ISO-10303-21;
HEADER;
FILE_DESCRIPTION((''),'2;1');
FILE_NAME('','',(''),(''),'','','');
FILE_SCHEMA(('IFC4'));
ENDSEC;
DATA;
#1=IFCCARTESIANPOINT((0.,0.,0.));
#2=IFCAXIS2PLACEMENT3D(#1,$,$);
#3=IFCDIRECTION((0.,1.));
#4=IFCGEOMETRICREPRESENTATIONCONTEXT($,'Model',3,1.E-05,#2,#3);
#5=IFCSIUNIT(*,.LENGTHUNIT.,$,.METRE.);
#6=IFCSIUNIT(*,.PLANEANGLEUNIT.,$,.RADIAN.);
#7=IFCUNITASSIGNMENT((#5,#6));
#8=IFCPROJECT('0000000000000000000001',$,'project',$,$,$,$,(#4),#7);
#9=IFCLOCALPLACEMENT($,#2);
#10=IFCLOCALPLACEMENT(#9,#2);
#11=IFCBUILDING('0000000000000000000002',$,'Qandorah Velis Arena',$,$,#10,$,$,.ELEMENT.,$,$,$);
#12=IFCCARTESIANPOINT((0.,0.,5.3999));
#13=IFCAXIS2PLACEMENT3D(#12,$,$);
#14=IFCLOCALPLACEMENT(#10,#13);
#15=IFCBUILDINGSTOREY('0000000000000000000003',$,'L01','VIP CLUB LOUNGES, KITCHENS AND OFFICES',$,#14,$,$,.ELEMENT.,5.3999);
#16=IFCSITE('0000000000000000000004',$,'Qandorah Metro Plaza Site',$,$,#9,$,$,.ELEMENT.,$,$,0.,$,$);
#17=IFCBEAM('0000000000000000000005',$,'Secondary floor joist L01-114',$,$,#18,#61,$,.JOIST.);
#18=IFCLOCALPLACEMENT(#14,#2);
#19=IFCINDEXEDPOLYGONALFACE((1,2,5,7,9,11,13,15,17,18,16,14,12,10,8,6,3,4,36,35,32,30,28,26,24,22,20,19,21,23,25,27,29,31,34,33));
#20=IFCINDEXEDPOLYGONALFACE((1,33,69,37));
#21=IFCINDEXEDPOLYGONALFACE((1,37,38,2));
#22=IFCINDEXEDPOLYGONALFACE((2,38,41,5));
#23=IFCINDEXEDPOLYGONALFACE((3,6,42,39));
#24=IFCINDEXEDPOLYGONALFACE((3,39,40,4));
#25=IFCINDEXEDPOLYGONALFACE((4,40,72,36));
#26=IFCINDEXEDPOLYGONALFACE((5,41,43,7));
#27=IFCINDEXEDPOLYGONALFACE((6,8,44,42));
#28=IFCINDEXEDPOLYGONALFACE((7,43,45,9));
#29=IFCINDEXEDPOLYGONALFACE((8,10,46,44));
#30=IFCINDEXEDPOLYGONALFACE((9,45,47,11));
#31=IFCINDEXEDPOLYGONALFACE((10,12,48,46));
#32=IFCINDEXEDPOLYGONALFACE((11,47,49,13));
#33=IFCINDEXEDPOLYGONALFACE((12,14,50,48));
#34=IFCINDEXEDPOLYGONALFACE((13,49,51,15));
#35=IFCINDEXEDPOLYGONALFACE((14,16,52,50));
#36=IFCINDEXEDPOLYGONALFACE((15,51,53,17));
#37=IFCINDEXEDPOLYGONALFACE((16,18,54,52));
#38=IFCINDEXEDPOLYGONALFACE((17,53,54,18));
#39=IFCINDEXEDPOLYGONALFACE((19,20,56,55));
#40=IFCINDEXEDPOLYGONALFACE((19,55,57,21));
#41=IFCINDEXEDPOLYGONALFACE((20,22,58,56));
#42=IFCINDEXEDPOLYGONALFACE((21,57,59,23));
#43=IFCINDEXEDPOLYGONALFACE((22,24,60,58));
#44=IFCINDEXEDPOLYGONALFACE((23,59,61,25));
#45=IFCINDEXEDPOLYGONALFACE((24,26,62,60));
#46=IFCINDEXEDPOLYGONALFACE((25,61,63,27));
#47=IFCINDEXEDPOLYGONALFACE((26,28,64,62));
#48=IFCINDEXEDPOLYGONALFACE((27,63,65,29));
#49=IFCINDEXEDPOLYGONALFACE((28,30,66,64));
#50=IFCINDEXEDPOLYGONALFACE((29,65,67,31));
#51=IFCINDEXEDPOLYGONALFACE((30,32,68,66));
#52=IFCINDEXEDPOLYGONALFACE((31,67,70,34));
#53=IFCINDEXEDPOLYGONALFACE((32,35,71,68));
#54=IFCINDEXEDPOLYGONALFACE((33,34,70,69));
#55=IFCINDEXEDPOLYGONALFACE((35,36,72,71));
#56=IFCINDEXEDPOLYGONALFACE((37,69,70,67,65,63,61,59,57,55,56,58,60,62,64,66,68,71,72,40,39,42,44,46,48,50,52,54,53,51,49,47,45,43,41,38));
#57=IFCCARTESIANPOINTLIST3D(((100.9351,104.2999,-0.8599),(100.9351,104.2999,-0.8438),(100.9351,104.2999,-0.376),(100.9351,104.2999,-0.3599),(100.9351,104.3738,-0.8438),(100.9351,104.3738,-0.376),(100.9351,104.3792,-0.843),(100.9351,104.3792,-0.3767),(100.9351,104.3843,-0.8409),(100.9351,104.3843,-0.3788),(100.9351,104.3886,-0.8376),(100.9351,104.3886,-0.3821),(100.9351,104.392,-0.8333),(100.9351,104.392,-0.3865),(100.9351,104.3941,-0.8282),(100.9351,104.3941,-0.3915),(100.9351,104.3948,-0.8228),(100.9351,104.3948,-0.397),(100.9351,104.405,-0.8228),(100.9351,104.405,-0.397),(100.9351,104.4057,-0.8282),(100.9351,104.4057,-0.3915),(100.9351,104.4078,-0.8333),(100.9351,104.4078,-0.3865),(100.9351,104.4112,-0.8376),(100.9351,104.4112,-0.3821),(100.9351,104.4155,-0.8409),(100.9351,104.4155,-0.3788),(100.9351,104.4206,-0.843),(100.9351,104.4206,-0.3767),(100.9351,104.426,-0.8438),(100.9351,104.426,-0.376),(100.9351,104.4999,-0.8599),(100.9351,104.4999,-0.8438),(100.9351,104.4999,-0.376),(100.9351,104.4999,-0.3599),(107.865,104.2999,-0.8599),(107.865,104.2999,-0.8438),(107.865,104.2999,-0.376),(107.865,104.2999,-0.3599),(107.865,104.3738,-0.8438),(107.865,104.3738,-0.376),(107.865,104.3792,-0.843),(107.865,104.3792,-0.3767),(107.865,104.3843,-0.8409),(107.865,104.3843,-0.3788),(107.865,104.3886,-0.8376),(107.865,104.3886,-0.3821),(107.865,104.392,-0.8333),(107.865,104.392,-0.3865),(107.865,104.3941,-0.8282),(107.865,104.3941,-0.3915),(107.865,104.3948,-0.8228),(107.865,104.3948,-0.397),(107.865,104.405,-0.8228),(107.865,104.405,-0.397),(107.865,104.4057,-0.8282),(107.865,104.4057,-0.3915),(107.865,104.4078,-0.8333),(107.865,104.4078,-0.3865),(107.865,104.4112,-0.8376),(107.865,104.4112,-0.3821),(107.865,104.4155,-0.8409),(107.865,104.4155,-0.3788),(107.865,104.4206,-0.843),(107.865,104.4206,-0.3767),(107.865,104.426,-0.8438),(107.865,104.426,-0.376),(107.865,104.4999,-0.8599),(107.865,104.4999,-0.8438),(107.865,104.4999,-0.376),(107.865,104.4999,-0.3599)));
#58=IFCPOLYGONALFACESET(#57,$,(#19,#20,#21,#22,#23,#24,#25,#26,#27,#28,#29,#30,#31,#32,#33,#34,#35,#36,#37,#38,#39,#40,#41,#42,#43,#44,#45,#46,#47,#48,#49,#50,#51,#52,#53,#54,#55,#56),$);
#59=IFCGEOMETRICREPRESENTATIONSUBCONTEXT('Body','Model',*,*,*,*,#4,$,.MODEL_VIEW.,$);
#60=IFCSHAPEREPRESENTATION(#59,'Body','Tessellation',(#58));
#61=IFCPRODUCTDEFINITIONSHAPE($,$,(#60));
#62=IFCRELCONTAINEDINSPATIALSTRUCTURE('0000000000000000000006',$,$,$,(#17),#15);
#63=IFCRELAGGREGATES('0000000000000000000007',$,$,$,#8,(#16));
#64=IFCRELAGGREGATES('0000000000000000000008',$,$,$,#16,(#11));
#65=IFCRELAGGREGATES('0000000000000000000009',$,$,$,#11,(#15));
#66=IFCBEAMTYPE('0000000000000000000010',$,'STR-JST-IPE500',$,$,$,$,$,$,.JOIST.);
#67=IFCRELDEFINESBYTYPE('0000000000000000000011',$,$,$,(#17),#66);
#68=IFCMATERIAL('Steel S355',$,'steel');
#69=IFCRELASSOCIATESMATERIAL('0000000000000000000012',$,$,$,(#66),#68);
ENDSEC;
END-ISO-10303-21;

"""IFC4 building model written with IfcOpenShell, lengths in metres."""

from ifc_helpers import new_model, si_unit, direction, frame, origin, origin_2d, place, context, subcontext, project, spatial, i_section, extrude, material, material_profile, profile_set, type_object, element, save


model = new_model("IFC4")

# Units and contexts
model_context = context("Model", 3, precision=1e-05, world=origin(), true_north=direction((0.0, 1.0)))
body_context = subcontext(model_context, "Body", "Model", "MODEL_VIEW")
ifc_project = project(units=[si_unit("LENGTHUNIT", "METRE"), si_unit("PLANEANGLEUNIT", "RADIAN")], contexts=[model_context])

# Site, building, storey
site_placement = place(None, origin())
site = spatial("IfcSite", under=ifc_project, at=site_placement, Name="Qandorah Metro Plaza Site", CompositionType="ELEMENT", RefElevation=0.0)
building_placement = place(site_placement, origin())
building = spatial("IfcBuilding", under=site, at=building_placement, Name="Qandorah Velis Arena", CompositionType="ELEMENT")
storey_placement = place(building_placement, frame((0.0, 0.0, 5.3999)))
storey = spatial("IfcBuildingStorey", under=building, at=storey_placement, Name="L01", Description="VIP CLUB LOUNGES, KITCHENS AND OFFICES", CompositionType="ELEMENT", Elevation=5.3999)

# Beam
ifc_material_1 = material(Name="Steel S355", Category="steel")
ifc_material_profile_1 = material_profile(ifc_material_1, i_section(OverallWidth=0.2, OverallDepth=0.5, WebThickness=0.0103, FlangeThickness=0.0161, FilletRadius=0.021, at=origin_2d()), Name="IPE 500")
ifc_profile_set_1 = profile_set([ifc_material_profile_1], Name="Steel S355")
beam_type_1 = type_object("IfcBeamType", Name="STR-JST-IPE500", PredefinedType="JOIST", material=ifc_profile_set_1)
beam_1_placement = place(storey_placement, frame((100.9351, 104.3999, -0.6099), z_axis=(1.0, 0.0, 0.0), x_axis=(0.0, 1.0, 0.0)))
element("IfcBeam", 1, at=beam_1_placement, inside=storey, type_object=beam_type_1, Name="Secondary floor joist L01-114", PredefinedType="JOIST", context=body_context, shape_type="SweptSolid", body=[
    extrude(i_section(OverallWidth=0.2, OverallDepth=0.5, WebThickness=0.0103, FlangeThickness=0.0161, FilletRadius=0.021, at=origin_2d()), origin(), (0.0, 0.0, 1.0), 6.9299),
])

save(model, "model.ifc")
